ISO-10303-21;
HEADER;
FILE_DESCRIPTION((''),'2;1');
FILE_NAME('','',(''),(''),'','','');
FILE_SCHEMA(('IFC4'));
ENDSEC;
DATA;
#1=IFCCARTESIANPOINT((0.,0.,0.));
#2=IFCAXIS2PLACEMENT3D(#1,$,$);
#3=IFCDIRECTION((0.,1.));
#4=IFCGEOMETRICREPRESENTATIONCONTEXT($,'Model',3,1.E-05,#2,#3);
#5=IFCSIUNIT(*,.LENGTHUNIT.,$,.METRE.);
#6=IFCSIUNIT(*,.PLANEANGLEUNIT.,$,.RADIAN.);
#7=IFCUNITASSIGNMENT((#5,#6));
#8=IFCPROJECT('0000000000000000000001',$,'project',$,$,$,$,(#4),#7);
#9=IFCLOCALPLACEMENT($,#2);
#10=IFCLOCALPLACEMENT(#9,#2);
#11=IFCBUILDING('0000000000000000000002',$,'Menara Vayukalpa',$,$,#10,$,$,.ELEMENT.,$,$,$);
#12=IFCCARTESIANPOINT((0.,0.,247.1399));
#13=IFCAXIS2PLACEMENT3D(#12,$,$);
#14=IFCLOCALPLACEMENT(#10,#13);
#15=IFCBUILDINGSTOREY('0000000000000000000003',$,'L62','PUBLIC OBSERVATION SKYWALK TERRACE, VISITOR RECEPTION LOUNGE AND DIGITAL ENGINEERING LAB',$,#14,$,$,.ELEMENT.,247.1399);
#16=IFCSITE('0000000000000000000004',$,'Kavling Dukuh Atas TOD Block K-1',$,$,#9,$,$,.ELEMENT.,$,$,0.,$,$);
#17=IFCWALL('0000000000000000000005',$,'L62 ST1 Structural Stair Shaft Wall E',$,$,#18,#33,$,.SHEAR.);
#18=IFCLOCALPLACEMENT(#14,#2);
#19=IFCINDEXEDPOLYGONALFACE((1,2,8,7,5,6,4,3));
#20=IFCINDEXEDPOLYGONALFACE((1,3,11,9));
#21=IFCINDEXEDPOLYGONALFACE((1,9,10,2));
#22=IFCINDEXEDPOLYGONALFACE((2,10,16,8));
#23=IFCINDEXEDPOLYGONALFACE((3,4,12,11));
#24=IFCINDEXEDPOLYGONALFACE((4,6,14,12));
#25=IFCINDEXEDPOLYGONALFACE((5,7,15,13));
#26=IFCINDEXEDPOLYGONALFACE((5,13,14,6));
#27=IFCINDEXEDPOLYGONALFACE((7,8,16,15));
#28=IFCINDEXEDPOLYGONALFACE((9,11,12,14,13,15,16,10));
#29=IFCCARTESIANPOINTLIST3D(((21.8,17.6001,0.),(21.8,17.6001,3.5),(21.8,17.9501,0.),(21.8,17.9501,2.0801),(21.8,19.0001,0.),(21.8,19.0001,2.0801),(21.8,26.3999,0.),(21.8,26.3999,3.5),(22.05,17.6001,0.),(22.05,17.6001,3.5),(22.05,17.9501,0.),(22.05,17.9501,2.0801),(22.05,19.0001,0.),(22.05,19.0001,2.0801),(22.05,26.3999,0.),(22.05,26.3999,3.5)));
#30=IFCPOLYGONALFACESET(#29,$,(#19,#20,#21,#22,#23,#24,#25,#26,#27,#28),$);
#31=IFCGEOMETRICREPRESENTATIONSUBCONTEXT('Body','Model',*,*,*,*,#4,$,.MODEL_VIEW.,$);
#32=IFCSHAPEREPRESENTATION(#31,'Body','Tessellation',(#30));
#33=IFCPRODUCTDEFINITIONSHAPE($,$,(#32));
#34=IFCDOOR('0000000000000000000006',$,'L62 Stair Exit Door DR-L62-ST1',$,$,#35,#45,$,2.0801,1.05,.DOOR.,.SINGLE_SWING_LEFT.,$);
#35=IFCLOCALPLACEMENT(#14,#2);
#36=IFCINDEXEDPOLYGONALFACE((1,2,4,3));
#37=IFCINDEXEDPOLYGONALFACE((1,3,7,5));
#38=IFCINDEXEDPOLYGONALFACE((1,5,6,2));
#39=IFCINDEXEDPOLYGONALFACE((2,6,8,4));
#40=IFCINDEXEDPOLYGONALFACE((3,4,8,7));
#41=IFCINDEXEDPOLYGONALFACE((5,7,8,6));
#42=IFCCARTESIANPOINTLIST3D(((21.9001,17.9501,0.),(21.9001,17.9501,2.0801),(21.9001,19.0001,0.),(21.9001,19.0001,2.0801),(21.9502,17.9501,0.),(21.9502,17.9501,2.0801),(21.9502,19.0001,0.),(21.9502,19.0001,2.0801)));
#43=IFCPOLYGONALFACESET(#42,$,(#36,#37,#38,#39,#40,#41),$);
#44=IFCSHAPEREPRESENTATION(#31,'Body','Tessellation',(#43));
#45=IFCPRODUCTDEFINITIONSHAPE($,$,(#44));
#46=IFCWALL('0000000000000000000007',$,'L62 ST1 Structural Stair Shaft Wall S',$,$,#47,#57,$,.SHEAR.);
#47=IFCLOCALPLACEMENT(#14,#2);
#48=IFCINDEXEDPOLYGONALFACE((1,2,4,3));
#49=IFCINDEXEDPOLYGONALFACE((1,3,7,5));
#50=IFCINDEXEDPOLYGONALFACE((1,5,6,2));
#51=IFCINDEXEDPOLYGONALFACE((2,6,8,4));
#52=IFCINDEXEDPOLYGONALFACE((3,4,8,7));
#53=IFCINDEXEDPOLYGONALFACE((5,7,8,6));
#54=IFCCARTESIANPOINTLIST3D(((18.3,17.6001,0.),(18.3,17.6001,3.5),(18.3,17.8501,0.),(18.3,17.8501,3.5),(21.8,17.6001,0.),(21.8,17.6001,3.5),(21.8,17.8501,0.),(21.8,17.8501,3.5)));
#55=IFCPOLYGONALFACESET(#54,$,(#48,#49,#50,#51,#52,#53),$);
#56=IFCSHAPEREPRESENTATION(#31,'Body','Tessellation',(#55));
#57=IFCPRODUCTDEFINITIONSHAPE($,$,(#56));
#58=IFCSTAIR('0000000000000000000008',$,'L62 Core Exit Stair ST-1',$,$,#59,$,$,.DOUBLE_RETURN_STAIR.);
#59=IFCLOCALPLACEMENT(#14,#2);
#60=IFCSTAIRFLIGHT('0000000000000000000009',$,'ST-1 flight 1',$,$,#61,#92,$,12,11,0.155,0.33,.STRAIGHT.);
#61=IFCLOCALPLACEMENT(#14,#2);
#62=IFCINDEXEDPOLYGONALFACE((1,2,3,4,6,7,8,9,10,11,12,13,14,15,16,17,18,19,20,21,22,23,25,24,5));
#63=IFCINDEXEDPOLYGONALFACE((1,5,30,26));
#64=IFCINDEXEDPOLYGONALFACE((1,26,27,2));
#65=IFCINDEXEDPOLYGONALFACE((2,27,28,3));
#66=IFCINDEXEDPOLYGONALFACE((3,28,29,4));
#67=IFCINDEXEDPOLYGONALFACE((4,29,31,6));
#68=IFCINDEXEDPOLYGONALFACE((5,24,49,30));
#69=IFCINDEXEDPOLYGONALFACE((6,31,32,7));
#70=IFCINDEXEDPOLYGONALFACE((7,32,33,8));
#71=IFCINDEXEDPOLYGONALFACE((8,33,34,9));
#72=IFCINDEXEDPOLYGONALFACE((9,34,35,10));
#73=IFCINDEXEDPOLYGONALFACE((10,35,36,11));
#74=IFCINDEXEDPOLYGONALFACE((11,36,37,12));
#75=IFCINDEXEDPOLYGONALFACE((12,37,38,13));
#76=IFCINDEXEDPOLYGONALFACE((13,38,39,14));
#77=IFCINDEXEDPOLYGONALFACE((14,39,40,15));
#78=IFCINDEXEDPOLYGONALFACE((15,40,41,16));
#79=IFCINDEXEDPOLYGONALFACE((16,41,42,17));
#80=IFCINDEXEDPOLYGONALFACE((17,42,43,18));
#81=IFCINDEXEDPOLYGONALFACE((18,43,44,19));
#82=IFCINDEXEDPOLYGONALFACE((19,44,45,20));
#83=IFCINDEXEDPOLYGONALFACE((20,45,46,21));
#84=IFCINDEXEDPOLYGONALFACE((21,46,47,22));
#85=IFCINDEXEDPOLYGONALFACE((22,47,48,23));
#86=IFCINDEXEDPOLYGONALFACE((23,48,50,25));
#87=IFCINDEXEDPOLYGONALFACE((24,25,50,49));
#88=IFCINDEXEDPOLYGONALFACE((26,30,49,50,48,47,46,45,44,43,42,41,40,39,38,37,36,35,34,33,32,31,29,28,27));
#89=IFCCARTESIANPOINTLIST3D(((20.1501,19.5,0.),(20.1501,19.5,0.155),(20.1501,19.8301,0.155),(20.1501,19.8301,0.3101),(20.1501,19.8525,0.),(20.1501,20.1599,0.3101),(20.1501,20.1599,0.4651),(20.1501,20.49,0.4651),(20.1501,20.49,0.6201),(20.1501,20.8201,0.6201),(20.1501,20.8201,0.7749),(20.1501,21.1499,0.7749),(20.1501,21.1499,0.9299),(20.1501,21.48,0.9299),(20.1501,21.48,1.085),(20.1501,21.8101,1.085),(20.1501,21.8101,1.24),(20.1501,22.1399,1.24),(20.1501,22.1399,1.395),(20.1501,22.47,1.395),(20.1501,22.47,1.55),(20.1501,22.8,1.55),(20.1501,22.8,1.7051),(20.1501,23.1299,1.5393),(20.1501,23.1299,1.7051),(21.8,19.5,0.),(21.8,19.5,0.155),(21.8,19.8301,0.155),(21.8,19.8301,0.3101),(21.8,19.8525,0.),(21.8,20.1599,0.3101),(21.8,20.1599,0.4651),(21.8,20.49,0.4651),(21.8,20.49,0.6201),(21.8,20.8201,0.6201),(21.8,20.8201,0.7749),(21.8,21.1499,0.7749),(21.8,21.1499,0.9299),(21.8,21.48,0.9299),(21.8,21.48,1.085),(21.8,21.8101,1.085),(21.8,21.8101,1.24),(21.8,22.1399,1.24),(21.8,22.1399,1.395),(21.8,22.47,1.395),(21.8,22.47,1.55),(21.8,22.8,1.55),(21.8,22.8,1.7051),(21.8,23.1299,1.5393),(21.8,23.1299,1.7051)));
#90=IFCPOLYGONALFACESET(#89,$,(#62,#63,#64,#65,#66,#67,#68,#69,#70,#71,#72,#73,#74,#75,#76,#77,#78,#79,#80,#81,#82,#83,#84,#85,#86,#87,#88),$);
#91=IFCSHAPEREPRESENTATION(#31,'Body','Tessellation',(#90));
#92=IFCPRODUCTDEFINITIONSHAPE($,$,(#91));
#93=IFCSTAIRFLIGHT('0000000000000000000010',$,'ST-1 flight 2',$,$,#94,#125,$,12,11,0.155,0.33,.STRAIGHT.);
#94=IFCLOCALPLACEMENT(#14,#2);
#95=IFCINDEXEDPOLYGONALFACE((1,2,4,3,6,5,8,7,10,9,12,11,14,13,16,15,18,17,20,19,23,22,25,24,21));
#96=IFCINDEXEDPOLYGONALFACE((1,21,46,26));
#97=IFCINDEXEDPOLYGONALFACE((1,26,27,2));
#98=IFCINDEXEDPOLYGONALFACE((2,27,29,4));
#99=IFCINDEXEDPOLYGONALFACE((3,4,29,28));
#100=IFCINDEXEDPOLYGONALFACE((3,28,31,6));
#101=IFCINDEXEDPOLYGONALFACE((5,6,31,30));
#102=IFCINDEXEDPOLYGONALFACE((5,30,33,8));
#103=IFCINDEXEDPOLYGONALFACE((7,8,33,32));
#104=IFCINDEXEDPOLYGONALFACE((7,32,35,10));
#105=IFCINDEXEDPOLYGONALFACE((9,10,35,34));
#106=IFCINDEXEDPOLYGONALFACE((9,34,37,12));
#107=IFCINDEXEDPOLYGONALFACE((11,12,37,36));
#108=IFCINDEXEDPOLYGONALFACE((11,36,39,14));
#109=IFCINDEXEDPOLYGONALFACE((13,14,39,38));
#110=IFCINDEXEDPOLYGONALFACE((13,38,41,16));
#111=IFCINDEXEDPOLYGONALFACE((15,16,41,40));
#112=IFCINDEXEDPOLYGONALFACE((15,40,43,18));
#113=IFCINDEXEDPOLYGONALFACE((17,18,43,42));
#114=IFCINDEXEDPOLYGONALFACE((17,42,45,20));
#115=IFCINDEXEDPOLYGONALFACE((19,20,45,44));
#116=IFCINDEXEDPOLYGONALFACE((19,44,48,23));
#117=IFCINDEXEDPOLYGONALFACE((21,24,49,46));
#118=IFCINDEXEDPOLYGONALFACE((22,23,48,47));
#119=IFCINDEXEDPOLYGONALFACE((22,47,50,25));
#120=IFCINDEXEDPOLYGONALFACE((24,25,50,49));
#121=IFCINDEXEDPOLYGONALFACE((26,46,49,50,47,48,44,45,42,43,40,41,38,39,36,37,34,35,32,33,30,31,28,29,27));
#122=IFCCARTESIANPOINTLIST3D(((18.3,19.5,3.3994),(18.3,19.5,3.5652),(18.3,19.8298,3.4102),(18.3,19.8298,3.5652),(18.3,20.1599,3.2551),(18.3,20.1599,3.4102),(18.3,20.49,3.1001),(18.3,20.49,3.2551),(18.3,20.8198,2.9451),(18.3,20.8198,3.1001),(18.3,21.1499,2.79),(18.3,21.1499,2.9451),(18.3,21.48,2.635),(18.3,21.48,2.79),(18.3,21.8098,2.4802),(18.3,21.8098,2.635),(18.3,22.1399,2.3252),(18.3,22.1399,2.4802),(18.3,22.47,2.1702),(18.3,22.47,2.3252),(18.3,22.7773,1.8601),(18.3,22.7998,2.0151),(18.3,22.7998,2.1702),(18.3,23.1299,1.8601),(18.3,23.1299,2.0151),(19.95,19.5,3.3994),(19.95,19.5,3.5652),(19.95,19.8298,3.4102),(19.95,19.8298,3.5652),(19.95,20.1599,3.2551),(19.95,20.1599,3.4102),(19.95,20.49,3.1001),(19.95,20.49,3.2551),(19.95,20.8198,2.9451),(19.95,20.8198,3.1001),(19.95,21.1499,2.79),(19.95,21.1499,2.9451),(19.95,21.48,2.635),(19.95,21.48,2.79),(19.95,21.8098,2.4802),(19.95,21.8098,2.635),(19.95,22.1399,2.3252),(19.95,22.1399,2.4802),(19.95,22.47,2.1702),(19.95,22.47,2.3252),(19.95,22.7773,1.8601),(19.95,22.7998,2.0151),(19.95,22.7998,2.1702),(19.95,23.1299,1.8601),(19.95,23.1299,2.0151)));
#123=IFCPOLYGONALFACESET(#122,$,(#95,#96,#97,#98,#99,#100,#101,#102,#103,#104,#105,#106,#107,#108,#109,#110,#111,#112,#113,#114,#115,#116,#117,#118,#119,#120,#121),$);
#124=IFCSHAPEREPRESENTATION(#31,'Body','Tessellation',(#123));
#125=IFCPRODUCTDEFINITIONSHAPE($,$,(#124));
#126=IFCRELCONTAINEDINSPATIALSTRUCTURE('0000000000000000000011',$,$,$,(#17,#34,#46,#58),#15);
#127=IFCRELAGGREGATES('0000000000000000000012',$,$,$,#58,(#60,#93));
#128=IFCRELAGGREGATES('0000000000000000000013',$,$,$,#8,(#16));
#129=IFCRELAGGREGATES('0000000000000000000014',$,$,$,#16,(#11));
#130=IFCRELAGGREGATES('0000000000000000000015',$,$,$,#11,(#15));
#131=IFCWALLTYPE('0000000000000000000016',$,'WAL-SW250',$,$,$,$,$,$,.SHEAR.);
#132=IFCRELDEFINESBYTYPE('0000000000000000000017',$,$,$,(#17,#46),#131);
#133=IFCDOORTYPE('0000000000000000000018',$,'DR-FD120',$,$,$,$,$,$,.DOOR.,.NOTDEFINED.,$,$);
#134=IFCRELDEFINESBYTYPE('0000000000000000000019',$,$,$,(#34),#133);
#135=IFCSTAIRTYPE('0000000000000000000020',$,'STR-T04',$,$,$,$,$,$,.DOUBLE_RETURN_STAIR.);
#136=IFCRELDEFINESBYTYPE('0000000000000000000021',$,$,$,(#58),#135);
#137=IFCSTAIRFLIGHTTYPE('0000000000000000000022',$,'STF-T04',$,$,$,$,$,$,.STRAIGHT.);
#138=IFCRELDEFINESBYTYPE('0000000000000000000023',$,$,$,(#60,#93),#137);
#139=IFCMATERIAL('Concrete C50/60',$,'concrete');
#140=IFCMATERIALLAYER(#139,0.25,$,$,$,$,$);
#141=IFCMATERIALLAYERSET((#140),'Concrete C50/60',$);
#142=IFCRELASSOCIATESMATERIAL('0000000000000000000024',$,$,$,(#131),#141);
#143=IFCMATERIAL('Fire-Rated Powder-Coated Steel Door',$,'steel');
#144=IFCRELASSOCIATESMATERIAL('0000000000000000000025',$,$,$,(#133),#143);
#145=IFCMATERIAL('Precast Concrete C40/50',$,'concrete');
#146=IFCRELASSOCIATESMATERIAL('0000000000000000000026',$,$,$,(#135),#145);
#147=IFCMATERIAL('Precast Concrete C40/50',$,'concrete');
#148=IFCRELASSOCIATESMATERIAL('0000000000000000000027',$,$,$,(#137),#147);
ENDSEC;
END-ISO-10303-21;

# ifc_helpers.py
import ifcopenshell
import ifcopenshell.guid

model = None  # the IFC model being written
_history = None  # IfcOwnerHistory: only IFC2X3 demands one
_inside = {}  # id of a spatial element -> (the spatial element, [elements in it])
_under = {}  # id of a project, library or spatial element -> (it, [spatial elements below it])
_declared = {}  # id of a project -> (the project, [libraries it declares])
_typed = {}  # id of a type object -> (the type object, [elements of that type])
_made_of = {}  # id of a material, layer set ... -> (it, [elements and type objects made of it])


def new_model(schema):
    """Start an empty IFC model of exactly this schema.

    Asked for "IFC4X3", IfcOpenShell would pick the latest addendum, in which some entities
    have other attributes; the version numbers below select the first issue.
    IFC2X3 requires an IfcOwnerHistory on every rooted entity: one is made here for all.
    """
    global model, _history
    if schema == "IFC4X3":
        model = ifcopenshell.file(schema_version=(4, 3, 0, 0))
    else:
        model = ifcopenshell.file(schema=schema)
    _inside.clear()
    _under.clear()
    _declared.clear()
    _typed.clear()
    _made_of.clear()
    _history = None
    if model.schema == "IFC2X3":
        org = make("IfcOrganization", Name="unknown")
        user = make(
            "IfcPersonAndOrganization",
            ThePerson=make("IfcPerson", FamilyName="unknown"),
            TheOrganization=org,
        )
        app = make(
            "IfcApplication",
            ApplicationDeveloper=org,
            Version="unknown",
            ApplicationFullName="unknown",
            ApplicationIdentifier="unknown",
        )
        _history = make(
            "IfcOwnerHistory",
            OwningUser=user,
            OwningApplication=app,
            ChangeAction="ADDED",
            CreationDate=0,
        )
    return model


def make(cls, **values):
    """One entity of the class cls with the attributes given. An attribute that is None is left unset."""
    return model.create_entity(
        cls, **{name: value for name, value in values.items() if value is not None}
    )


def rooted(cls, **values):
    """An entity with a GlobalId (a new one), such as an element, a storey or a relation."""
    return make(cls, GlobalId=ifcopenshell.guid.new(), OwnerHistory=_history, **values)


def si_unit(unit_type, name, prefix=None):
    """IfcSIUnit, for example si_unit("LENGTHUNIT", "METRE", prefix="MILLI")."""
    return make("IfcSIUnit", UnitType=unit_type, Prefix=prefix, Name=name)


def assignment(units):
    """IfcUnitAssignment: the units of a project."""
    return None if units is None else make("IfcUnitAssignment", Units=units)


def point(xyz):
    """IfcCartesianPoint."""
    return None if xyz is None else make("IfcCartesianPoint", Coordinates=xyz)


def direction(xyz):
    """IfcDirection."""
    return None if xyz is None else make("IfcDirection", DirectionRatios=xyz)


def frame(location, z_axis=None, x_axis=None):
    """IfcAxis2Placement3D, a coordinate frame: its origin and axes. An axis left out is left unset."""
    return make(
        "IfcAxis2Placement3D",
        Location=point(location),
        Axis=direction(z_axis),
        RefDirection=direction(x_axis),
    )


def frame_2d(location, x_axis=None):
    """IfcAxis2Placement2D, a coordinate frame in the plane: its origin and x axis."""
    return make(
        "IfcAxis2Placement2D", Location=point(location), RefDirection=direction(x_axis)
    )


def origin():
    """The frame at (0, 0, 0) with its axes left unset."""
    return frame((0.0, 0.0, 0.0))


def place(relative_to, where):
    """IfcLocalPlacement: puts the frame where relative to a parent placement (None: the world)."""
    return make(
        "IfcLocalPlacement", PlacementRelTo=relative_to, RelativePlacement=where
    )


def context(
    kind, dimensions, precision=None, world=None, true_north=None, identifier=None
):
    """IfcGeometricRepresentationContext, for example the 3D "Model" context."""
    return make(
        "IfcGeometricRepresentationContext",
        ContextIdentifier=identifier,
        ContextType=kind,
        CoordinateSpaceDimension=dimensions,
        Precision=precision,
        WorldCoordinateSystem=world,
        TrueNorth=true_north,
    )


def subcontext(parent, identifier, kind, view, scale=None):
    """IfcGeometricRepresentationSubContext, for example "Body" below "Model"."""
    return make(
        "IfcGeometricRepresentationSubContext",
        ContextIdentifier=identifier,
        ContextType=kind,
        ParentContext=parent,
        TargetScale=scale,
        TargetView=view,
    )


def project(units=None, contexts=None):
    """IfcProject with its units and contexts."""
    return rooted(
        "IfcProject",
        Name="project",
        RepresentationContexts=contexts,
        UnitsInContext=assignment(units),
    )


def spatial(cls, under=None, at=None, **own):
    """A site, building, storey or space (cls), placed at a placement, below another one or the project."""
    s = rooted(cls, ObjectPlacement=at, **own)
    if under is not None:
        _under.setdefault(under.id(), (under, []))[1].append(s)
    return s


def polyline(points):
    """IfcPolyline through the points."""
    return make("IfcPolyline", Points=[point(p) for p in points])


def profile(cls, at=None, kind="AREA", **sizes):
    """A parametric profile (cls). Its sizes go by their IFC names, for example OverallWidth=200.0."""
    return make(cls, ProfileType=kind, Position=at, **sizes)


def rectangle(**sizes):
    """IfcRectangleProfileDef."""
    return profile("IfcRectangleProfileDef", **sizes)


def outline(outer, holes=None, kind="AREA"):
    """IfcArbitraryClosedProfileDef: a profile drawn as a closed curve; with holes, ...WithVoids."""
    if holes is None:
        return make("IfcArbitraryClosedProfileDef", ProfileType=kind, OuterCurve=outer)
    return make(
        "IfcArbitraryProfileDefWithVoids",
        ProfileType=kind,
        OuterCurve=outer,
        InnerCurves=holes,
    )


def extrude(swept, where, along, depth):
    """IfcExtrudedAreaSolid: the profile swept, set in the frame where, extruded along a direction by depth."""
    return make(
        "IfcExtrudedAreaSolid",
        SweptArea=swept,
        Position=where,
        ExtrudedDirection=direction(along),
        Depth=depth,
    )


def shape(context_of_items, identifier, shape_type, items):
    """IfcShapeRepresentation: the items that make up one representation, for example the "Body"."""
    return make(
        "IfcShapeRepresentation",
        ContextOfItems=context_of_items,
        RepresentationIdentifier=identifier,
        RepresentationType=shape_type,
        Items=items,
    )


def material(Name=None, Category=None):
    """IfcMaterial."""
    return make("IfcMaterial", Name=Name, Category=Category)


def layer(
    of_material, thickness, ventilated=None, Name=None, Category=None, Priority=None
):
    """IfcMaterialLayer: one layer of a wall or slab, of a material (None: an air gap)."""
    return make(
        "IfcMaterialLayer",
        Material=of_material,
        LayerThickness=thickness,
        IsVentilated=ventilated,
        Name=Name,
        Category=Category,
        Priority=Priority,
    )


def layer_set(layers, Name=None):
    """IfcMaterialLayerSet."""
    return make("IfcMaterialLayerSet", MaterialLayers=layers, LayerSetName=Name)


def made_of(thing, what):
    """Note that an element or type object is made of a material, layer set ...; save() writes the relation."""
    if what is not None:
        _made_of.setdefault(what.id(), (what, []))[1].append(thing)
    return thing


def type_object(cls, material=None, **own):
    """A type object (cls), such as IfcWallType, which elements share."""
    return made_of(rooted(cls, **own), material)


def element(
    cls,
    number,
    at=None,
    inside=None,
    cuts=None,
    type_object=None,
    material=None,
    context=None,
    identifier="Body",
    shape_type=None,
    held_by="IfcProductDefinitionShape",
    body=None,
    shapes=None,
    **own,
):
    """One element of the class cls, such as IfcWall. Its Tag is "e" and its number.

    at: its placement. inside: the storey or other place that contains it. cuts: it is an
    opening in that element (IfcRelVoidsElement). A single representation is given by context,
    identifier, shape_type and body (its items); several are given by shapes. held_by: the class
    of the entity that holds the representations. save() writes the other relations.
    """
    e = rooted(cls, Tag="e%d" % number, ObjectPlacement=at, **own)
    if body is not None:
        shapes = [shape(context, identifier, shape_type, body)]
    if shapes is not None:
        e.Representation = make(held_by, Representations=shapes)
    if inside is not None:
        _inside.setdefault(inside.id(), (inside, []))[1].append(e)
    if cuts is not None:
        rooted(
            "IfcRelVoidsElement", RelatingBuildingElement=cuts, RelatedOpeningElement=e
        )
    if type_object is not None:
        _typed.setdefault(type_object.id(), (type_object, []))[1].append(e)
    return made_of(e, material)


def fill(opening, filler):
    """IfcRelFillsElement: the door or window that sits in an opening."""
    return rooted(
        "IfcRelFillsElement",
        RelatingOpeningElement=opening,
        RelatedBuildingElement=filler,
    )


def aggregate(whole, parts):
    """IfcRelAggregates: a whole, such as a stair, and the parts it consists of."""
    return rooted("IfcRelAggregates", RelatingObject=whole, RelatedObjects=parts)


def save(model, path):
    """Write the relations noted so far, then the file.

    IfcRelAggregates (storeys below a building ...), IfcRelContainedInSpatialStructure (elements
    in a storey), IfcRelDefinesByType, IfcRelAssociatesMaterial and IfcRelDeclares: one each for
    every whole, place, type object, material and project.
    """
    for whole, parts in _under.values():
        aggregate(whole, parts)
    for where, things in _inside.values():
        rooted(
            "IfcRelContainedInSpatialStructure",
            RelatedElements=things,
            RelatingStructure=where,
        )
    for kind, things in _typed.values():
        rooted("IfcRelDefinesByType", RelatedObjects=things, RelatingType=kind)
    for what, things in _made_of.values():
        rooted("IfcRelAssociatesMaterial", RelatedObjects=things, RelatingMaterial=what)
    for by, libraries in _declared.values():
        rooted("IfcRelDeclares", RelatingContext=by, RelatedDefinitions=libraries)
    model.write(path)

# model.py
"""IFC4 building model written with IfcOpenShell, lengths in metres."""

from ifc_helpers import new_model, si_unit, direction, frame, frame_2d, origin, place, context, subcontext, project, spatial, polyline, rectangle, outline, extrude, material, layer, layer_set, type_object, element, fill, aggregate, save


model = new_model("IFC4")

# Units and contexts
model_context = context("Model", 3, precision=1e-05, world=origin(), true_north=direction((0.0, 1.0)))
body_context = subcontext(model_context, "Body", "Model", "MODEL_VIEW")
ifc_project = project(units=[si_unit("LENGTHUNIT", "METRE"), si_unit("PLANEANGLEUNIT", "RADIAN")], contexts=[model_context])

# Site, building, storey
site_placement = place(None, origin())
site = spatial("IfcSite", under=ifc_project, at=site_placement, Name="Kavling Dukuh Atas TOD Block K-1", CompositionType="ELEMENT", RefElevation=0.0)
building_placement = place(site_placement, origin())
building = spatial("IfcBuilding", under=site, at=building_placement, Name="Menara Vayukalpa", CompositionType="ELEMENT")
storey_placement = place(building_placement, frame((0.0, 0.0, 247.1399)))
storey = spatial("IfcBuildingStorey", under=building, at=storey_placement, Name="L62", Description="PUBLIC OBSERVATION SKYWALK TERRACE, VISITOR RECEPTION LOUNGE AND DIGITAL ENGINEERING LAB", CompositionType="ELEMENT", Elevation=247.1399)

# Shared definitions
ifc_material_1 = material(Name="Concrete C50/60", Category="concrete")
ifc_layer_1 = layer(ifc_material_1, 0.25)
ifc_layer_set_1 = layer_set([ifc_layer_1], Name="Concrete C50/60")
wall_type_1 = type_object("IfcWallType", Name="WAL-SW250", PredefinedType="SHEAR", material=ifc_layer_set_1)

# Wall, opening, door
wall_1_placement = place(storey_placement, frame((21.925, 17.6001, 0.0), z_axis=(0.0, 0.0, 1.0), x_axis=(0.0, 1.0, 0.0)))
wall_1 = element("IfcWall", 1, at=wall_1_placement, inside=storey, type_object=wall_type_1, Name="L62 ST1 Structural Stair Shaft Wall E", PredefinedType="SHEAR", context=body_context, shape_type="SweptSolid", body=[
    extrude(rectangle(XDim=8.7998, YDim=0.25, at=frame_2d((4.3999, 0.0))), origin(), (0.0, 0.0, 1.0), 3.5),
])
opening_1_placement = place(wall_1_placement, frame((0.3501, 0.0, 0.0)))
opening_1 = element("IfcOpeningElement", 2, at=opening_1_placement, cuts=wall_1, PredefinedType="OPENING", context=body_context, shape_type="SweptSolid", body=[
    extrude(rectangle(XDim=1.05, YDim=2.0801, at=frame_2d((0.5249, 1.04))), frame((0.0, 0.135, 0.0), z_axis=(0.0, -1.0, 0.0), x_axis=(1.0, 0.0, 0.0)), (0.0, 0.0, 1.0), 0.27),
])
ifc_material_2 = material(Name="Fire-Rated Powder-Coated Steel Door", Category="steel")
door_type_1 = type_object("IfcDoorType", Name="DR-FD120", OperationType="NOTDEFINED", PredefinedType="DOOR", material=ifc_material_2)
door_1_placement = place(opening_1_placement, origin())
door_1 = element("IfcDoor", 3, at=door_1_placement, inside=storey, type_object=door_type_1, Name="L62 Stair Exit Door DR-L62-ST1", OperationType="SINGLE_SWING_LEFT", OverallHeight=2.0801, OverallWidth=1.05, PredefinedType="DOOR", context=body_context, shape_type="SweptSolid", body=[
    extrude(rectangle(XDim=1.05, YDim=2.0801, at=frame_2d((0.5249, 1.04))), frame((0.0, 0.0249, 0.0), z_axis=(0.0, -1.0, 0.0), x_axis=(1.0, 0.0, 0.0)), (0.0, 0.0, 1.0), 0.05),
])
fill(opening_1, door_1)

# Wall
wall_2_placement = place(storey_placement, frame((18.3, 17.7251, 0.0), z_axis=(0.0, 0.0, 1.0), x_axis=(1.0, 0.0, 0.0)))
element("IfcWall", 4, at=wall_2_placement, inside=storey, type_object=wall_type_1, Name="L62 ST1 Structural Stair Shaft Wall S", PredefinedType="SHEAR", context=body_context, shape_type="SweptSolid", body=[
    extrude(rectangle(XDim=3.5, YDim=0.25, at=frame_2d((1.75, 0.0))), origin(), (0.0, 0.0, 1.0), 3.5),
])

# Stair, stair flights
ifc_material_3 = material(Name="Precast Concrete C40/50", Category="concrete")
stair_type = type_object("IfcStairType", Name="STR-T04", PredefinedType="DOUBLE_RETURN_STAIR", material=ifc_material_3)
stair_placement = place(storey_placement, origin())
stair = element("IfcStair", 5, at=stair_placement, inside=storey, type_object=stair_type, Name="L62 Core Exit Stair ST-1", PredefinedType="DOUBLE_RETURN_STAIR")
ifc_material_4 = material(Name="Precast Concrete C40/50", Category="concrete")
stair_flight_type = type_object("IfcStairFlightType", Name="STF-T04", PredefinedType="STRAIGHT", material=ifc_material_4)
stair_flight_1_placement = place(storey_placement, frame((20.9751, 19.5, 0.0), z_axis=(0.0, 0.0, 1.0), x_axis=(0.0, 1.0, 0.0)))
stair_flight_1 = element("IfcStairFlight", 6, at=stair_flight_1_placement, type_object=stair_flight_type, Name="ST-1 flight 1", NumberOfRisers=12, NumberOfTreads=11, PredefinedType="STRAIGHT", RiserHeight=0.155, TreadLength=0.33, context=body_context, shape_type="SweptSolid", body=[
    extrude(outline(polyline([(0.0, 0.0), (0.0, 0.155), (0.3301, 0.155), (0.3301, 0.3101), (0.6599, 0.3101), (0.6599, 0.4651), (0.99, 0.4651), (0.99, 0.6201), (1.3201, 0.6201), (1.3201, 0.7749), (1.6499, 0.7749), (1.6499, 0.9299), (1.98, 0.9299), (1.98, 1.085), (2.3101, 1.085), (2.3101, 1.24), (2.6399, 1.24), (2.6399, 1.395), (2.97, 1.395), (2.97, 1.55), (3.3, 1.55), (3.3, 1.7051), (3.6299, 1.7051), (3.6299, 1.8601), (3.6299, 1.5393), (0.3525, 0.0), (0.0, 0.0)])), frame((0.0, 0.825, 0.0), z_axis=(0.0, -1.0, 0.0), x_axis=(1.0, 0.0, 0.0)), (0.0, 0.0, 1.0), 1.6499),
])
stair_flight_2_placement = place(storey_placement, frame((19.125, 23.1299, 1.8601), z_axis=(0.0, 0.0, 1.0), x_axis=(0.0, -1.0, 0.0)))
stair_flight_2 = element("IfcStairFlight", 7, at=stair_flight_2_placement, type_object=stair_flight_type, Name="ST-1 flight 2", NumberOfRisers=12, NumberOfTreads=11, PredefinedType="STRAIGHT", RiserHeight=0.155, TreadLength=0.33, context=body_context, shape_type="SweptSolid", body=[
    extrude(outline(polyline([(0.0, 0.0), (0.0, 0.155), (0.3301, 0.155), (0.3301, 0.3101), (0.6599, 0.3101), (0.6599, 0.4651), (0.99, 0.4651), (0.99, 0.6201), (1.3201, 0.6201), (1.3201, 0.7749), (1.6499, 0.7749), (1.6499, 0.9299), (1.98, 0.9299), (1.98, 1.085), (2.3101, 1.085), (2.3101, 1.24), (2.6399, 1.24), (2.6399, 1.395), (2.97, 1.395), (2.97, 1.55), (3.3, 1.55), (3.3, 1.7051), (3.6299, 1.7051), (3.6299, 1.8601), (3.6299, 1.5393), (0.3525, 0.0), (0.0, 0.0)])), frame((0.0, 0.825, 0.0), z_axis=(0.0, -1.0, 0.0), x_axis=(1.0, 0.0, 0.0)), (0.0, 0.0, 1.0), 1.6499),
])
aggregate(stair, [stair_flight_1, stair_flight_2])

save(model, "model.ifc")
